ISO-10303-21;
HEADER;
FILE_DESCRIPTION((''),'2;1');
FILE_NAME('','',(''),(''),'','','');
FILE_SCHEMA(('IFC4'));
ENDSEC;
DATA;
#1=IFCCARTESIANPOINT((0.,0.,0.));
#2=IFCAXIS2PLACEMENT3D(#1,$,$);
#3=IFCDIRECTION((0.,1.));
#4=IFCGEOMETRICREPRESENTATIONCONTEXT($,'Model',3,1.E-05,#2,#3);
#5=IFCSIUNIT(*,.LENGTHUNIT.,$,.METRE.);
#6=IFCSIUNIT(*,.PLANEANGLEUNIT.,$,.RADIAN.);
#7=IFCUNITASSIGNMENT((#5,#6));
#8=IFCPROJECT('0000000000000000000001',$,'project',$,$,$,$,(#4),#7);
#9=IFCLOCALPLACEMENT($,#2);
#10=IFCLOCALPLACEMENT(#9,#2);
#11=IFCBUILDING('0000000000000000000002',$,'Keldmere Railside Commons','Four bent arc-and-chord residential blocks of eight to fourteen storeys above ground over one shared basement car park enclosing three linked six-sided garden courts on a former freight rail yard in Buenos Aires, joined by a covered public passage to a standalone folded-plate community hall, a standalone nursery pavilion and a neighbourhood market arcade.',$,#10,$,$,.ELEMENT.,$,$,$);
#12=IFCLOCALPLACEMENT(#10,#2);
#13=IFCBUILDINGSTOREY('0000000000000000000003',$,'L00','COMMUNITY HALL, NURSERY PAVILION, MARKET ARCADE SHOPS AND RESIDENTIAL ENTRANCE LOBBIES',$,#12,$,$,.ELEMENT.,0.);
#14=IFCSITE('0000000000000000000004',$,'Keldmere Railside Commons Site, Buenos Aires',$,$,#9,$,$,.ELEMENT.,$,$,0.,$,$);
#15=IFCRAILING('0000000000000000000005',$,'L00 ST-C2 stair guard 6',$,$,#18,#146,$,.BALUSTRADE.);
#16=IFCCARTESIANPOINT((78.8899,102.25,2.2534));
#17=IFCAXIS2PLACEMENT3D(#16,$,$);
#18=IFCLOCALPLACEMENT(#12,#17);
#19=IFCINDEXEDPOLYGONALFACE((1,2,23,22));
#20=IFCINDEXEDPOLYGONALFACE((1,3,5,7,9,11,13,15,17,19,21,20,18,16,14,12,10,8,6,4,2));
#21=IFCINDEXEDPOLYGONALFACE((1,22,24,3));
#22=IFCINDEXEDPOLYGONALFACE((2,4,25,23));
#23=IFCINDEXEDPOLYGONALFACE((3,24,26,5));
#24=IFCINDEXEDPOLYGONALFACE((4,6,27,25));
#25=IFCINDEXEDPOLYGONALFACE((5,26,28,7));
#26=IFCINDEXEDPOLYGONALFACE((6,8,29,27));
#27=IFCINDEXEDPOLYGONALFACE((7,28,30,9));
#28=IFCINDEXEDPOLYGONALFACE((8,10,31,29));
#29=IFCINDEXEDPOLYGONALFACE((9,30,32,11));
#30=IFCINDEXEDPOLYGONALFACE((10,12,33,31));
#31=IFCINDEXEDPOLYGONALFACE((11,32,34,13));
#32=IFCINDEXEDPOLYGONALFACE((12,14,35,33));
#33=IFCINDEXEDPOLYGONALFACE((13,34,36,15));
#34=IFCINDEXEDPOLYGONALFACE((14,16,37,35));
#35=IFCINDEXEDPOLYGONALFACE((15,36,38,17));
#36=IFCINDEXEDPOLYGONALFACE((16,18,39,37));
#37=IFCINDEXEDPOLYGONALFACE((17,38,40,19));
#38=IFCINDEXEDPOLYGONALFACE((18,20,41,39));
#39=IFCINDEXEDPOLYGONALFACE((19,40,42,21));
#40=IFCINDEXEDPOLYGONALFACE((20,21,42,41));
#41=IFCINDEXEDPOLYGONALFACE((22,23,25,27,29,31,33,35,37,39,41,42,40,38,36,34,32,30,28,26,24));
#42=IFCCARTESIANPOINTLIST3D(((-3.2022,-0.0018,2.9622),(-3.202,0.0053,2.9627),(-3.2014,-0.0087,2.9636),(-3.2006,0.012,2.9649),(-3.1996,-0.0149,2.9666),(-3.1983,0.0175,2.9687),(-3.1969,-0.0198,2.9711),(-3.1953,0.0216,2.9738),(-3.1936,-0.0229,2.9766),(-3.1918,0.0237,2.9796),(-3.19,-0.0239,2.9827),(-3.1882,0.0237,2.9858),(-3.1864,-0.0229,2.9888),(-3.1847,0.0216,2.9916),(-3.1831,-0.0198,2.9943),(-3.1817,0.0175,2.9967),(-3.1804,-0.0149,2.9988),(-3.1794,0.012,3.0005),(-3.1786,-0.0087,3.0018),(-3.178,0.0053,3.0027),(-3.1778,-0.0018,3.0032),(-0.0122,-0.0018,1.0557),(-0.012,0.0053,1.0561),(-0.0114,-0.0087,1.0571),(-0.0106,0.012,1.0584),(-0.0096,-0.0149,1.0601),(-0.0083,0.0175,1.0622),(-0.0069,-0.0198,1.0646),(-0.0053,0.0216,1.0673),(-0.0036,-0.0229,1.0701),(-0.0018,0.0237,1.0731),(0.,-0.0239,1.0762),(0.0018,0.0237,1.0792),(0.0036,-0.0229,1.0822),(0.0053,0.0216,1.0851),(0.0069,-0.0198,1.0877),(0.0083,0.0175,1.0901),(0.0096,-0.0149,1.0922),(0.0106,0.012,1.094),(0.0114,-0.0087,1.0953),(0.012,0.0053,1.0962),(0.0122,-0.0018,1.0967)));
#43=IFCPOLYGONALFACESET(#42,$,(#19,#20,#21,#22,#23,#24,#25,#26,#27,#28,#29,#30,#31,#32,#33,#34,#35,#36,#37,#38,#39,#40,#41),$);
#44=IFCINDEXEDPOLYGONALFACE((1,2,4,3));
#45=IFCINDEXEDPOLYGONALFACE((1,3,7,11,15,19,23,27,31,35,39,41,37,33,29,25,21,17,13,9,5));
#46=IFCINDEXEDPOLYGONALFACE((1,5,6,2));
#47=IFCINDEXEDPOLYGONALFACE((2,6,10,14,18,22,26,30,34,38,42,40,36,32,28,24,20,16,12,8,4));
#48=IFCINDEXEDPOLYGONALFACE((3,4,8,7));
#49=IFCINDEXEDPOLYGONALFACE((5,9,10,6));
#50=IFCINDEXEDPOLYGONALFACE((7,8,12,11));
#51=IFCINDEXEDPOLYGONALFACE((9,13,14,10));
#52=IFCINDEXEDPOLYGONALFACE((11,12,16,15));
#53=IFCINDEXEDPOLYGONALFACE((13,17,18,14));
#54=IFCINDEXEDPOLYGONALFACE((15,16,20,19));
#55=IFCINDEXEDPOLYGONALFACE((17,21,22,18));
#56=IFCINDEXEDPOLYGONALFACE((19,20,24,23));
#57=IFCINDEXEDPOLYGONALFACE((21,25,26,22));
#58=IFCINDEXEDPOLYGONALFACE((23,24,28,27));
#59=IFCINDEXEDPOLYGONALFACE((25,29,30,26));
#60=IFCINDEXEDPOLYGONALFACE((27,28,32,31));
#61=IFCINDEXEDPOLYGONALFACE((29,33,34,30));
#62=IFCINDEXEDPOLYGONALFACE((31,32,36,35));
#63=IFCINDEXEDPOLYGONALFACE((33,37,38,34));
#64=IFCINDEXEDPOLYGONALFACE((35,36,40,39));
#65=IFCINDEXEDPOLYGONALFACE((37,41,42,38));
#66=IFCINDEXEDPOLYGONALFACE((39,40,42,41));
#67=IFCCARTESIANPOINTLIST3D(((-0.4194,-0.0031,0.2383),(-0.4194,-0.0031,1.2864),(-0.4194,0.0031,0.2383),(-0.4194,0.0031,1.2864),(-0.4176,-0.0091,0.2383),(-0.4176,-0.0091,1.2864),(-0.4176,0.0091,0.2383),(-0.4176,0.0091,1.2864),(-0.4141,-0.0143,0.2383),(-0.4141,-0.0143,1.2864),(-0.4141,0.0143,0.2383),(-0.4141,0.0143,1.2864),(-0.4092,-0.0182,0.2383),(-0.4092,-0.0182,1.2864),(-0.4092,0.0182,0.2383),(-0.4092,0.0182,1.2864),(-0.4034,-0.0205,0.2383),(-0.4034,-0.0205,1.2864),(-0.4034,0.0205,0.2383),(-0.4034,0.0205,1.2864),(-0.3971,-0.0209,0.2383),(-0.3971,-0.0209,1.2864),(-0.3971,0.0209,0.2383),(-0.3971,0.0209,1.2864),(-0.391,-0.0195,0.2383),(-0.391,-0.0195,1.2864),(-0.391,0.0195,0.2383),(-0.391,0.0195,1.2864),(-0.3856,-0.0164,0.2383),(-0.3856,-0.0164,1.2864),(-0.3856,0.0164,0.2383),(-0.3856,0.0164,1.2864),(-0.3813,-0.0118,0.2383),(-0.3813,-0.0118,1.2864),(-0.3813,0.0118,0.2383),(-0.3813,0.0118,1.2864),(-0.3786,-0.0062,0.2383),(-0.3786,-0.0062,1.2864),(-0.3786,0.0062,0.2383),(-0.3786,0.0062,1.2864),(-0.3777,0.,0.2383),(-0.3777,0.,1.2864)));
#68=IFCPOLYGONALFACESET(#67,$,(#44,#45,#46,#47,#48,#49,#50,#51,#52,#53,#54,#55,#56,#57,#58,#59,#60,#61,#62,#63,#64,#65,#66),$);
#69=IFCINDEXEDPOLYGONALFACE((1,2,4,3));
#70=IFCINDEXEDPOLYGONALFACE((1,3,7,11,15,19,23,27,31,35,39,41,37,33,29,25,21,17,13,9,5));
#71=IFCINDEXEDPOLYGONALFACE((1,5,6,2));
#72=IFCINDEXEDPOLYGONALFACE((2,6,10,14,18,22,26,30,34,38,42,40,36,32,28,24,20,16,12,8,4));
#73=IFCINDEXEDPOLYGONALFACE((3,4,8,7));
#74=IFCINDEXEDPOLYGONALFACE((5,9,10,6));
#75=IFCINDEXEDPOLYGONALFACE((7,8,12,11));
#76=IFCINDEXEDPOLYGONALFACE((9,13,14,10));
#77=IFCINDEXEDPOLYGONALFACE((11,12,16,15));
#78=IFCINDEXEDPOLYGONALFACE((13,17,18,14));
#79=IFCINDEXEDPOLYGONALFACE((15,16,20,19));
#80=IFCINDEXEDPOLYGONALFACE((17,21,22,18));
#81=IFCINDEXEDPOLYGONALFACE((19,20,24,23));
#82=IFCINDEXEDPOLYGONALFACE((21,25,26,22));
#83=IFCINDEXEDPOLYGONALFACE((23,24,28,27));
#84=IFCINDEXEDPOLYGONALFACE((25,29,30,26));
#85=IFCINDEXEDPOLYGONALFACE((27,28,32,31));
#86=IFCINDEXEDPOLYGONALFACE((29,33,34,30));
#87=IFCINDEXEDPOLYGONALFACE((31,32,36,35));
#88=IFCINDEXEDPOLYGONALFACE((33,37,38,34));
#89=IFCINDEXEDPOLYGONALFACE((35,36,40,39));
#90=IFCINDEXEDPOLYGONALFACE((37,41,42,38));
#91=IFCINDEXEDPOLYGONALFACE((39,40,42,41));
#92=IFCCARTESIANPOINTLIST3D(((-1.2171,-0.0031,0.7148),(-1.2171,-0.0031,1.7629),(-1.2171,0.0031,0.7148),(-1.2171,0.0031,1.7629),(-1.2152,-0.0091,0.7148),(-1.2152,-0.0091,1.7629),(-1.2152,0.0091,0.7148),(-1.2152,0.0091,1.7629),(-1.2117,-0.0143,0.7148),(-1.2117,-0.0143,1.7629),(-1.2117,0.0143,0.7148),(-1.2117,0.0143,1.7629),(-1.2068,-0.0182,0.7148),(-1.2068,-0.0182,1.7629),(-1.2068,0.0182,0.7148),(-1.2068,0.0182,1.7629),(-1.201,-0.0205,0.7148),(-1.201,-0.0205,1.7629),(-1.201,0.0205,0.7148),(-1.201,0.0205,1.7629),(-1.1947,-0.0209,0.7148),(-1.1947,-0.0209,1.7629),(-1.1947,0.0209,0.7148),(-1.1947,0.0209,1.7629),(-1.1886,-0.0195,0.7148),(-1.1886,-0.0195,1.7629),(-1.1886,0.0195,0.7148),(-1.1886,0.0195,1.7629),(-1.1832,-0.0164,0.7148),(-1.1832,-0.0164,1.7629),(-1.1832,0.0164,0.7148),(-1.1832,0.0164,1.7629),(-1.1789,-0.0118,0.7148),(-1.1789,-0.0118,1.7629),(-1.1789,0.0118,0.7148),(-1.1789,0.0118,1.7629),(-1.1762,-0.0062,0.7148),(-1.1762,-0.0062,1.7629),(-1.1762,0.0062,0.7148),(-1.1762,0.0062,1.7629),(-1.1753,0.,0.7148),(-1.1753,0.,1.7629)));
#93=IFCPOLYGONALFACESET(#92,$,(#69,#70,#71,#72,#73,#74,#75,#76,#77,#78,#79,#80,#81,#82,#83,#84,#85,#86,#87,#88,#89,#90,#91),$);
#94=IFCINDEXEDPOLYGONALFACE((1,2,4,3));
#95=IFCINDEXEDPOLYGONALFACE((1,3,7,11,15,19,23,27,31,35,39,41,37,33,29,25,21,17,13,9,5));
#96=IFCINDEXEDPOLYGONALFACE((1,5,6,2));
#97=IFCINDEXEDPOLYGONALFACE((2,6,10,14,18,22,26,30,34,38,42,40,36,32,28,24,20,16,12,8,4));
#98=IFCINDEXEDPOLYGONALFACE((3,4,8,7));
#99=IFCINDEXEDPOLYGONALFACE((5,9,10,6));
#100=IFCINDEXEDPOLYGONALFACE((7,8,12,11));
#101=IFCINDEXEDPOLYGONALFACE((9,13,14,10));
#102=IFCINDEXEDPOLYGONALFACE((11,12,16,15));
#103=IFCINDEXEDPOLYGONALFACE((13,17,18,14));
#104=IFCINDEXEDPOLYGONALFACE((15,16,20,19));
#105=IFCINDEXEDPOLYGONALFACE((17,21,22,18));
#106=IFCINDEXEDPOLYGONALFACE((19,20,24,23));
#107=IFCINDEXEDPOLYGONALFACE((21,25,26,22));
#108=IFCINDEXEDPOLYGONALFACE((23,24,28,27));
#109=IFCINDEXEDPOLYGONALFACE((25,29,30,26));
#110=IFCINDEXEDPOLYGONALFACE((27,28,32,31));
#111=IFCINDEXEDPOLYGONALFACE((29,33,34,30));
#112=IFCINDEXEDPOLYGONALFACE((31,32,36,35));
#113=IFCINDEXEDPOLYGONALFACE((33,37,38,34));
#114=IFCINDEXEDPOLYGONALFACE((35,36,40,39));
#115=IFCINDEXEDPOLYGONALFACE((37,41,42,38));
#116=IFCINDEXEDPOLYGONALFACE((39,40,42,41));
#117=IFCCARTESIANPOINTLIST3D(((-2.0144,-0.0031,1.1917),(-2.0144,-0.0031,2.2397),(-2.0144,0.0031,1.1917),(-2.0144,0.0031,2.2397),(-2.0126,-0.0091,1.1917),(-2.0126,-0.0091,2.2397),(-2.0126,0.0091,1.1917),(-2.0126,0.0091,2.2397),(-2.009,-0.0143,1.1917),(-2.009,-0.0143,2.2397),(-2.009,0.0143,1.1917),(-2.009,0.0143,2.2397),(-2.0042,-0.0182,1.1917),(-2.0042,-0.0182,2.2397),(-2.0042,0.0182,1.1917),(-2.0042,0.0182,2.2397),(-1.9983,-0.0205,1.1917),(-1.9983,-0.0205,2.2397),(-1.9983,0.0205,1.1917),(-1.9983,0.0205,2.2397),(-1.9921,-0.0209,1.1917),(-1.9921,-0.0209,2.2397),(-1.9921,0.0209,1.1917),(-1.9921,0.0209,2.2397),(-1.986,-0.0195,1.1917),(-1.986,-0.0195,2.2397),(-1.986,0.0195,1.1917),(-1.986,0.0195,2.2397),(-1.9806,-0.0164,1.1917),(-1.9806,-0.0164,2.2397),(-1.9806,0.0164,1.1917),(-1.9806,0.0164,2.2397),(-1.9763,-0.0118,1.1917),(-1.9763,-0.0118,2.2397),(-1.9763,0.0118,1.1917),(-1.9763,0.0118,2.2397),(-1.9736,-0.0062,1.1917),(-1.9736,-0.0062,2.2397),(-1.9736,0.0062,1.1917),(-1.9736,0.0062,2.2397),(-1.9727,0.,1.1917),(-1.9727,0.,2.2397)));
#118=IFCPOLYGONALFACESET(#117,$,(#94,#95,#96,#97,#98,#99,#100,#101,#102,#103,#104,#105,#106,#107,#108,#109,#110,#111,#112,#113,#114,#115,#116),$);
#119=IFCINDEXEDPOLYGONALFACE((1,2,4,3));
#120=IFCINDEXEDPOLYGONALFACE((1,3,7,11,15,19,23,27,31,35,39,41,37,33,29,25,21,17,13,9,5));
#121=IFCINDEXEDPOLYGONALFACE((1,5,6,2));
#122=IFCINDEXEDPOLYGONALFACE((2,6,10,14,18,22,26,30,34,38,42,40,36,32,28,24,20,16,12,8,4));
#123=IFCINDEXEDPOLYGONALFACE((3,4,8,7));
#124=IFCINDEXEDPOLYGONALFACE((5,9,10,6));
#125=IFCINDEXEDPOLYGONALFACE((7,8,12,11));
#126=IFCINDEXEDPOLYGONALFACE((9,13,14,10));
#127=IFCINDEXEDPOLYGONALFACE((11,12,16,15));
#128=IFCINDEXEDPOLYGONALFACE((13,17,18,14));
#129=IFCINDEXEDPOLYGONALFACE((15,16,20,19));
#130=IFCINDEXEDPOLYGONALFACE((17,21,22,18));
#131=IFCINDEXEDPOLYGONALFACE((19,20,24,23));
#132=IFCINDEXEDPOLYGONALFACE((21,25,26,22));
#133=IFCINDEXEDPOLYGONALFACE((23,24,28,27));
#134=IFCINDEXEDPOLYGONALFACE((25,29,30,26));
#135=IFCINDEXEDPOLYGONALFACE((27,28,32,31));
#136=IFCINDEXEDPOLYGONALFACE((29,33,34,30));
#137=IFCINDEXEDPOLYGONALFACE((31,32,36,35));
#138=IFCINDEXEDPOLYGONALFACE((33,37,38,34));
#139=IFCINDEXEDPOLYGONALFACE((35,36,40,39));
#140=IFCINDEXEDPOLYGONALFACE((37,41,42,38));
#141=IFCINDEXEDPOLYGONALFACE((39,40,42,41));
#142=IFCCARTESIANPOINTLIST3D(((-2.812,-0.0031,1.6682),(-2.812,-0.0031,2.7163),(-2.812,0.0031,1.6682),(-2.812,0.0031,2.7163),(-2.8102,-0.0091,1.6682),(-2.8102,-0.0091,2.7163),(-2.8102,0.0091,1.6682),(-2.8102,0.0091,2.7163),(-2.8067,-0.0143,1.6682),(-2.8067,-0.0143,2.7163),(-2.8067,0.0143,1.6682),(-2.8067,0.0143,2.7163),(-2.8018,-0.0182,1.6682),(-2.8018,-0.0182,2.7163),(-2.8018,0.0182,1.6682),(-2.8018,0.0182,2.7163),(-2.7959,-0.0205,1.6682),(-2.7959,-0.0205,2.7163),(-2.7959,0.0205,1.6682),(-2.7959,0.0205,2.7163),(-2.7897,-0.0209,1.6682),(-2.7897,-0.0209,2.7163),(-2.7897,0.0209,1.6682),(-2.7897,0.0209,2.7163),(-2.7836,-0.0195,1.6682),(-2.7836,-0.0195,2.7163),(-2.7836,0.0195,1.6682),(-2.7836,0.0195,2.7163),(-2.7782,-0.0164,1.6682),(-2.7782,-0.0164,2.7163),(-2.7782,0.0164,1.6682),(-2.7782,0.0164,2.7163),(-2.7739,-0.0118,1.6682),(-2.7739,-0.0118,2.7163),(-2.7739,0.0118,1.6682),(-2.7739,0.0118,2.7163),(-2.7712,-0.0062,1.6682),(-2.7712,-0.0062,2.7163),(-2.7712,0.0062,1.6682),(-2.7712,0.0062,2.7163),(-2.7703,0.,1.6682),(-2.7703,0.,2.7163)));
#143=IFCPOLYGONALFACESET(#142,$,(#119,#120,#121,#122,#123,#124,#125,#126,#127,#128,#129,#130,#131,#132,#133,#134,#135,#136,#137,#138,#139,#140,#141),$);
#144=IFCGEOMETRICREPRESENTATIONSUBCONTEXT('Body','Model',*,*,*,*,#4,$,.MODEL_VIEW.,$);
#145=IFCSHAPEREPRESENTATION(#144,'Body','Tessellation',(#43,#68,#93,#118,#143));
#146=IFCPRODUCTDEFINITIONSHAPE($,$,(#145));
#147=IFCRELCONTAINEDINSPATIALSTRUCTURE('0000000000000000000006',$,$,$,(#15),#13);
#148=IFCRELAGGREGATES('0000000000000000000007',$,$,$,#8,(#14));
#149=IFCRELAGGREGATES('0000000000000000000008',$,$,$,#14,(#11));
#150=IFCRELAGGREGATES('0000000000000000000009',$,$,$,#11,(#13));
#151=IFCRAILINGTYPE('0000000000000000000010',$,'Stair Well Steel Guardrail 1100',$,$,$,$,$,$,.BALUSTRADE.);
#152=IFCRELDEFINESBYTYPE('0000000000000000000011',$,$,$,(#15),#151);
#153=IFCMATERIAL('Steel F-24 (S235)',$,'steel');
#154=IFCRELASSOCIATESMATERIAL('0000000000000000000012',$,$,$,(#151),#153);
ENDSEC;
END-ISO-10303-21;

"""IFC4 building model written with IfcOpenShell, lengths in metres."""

from ifc_helpers import new_model, si_unit, direction, frame, origin, origin_2d, place, context, subcontext, project, spatial, circle, extrude, material, type_object, element, save


model = new_model("IFC4")

# Units and contexts
model_context = context("Model", 3, precision=1e-05, world=origin(), true_north=direction((0.0, 1.0)))
body_context = subcontext(model_context, "Body", "Model", "MODEL_VIEW")
ifc_project = project(units=[si_unit("LENGTHUNIT", "METRE"), si_unit("PLANEANGLEUNIT", "RADIAN")], contexts=[model_context])

# Site, building, storey
site_placement = place(None, origin())
site = spatial("IfcSite", under=ifc_project, at=site_placement, Name="Keldmere Railside Commons Site, Buenos Aires", CompositionType="ELEMENT", RefElevation=0.0)
building_placement = place(site_placement, origin())
building = spatial("IfcBuilding", under=site, at=building_placement, Name="Keldmere Railside Commons", Description="Four bent arc-and-chord residential blocks of eight to fourteen storeys above ground over one shared basement car park enclosing three linked six-sided garden courts on a former freight rail yard in Buenos Aires, joined by a covered public passage to a standalone folded-plate community hall, a standalone nursery pavilion and a neighbourhood market arcade.", CompositionType="ELEMENT")
storey_placement = place(building_placement, origin())
storey = spatial("IfcBuildingStorey", under=building, at=storey_placement, Name="L00", Description="COMMUNITY HALL, NURSERY PAVILION, MARKET ARCADE SHOPS AND RESIDENTIAL ENTRANCE LOBBIES", CompositionType="ELEMENT", Elevation=0.0)

# Shared definitions
ifc_material_1 = material(Name="Steel F-24 (S235)", Category="steel")

# Railing
railing_type_1 = type_object("IfcRailingType", Name="Stair Well Steel Guardrail 1100", PredefinedType="BALUSTRADE", material=ifc_material_1)
railing_1_placement = place(storey_placement, frame((78.8899, 102.25, 2.2534)))
element("IfcRailing", 1, at=railing_1_placement, inside=storey, type_object=railing_type_1, Name="L00 ST-C2 stair guard 6", PredefinedType="BALUSTRADE", context=body_context, shape_type="SweptSolid", body=[
    extrude(circle(Radius=0.0239, at=origin_2d()), frame((0.0, 0.0, 1.0762), z_axis=(-0.858379, 0.0, 0.513017), x_axis=(0.0, -1.0, 0.0)), (0.0, 0.0, 1.0), 3.7163),
    extrude(circle(Radius=0.021, at=origin_2d()), frame((-0.3987, 0.0, 0.2383)), (0.0, 0.0, 1.0), 1.0481),
    extrude(circle(Radius=0.021, at=origin_2d()), frame((-1.1963, 0.0, 0.7148)), (0.0, 0.0, 1.0), 1.0481),
    extrude(circle(Radius=0.021, at=origin_2d()), frame((-1.9937, 0.0, 1.1917)), (0.0, 0.0, 1.0), 1.0481),
    extrude(circle(Radius=0.021, at=origin_2d()), frame((-2.7913, 0.0, 1.6682)), (0.0, 0.0, 1.0), 1.0481),
])

save(model, "model.ifc")
